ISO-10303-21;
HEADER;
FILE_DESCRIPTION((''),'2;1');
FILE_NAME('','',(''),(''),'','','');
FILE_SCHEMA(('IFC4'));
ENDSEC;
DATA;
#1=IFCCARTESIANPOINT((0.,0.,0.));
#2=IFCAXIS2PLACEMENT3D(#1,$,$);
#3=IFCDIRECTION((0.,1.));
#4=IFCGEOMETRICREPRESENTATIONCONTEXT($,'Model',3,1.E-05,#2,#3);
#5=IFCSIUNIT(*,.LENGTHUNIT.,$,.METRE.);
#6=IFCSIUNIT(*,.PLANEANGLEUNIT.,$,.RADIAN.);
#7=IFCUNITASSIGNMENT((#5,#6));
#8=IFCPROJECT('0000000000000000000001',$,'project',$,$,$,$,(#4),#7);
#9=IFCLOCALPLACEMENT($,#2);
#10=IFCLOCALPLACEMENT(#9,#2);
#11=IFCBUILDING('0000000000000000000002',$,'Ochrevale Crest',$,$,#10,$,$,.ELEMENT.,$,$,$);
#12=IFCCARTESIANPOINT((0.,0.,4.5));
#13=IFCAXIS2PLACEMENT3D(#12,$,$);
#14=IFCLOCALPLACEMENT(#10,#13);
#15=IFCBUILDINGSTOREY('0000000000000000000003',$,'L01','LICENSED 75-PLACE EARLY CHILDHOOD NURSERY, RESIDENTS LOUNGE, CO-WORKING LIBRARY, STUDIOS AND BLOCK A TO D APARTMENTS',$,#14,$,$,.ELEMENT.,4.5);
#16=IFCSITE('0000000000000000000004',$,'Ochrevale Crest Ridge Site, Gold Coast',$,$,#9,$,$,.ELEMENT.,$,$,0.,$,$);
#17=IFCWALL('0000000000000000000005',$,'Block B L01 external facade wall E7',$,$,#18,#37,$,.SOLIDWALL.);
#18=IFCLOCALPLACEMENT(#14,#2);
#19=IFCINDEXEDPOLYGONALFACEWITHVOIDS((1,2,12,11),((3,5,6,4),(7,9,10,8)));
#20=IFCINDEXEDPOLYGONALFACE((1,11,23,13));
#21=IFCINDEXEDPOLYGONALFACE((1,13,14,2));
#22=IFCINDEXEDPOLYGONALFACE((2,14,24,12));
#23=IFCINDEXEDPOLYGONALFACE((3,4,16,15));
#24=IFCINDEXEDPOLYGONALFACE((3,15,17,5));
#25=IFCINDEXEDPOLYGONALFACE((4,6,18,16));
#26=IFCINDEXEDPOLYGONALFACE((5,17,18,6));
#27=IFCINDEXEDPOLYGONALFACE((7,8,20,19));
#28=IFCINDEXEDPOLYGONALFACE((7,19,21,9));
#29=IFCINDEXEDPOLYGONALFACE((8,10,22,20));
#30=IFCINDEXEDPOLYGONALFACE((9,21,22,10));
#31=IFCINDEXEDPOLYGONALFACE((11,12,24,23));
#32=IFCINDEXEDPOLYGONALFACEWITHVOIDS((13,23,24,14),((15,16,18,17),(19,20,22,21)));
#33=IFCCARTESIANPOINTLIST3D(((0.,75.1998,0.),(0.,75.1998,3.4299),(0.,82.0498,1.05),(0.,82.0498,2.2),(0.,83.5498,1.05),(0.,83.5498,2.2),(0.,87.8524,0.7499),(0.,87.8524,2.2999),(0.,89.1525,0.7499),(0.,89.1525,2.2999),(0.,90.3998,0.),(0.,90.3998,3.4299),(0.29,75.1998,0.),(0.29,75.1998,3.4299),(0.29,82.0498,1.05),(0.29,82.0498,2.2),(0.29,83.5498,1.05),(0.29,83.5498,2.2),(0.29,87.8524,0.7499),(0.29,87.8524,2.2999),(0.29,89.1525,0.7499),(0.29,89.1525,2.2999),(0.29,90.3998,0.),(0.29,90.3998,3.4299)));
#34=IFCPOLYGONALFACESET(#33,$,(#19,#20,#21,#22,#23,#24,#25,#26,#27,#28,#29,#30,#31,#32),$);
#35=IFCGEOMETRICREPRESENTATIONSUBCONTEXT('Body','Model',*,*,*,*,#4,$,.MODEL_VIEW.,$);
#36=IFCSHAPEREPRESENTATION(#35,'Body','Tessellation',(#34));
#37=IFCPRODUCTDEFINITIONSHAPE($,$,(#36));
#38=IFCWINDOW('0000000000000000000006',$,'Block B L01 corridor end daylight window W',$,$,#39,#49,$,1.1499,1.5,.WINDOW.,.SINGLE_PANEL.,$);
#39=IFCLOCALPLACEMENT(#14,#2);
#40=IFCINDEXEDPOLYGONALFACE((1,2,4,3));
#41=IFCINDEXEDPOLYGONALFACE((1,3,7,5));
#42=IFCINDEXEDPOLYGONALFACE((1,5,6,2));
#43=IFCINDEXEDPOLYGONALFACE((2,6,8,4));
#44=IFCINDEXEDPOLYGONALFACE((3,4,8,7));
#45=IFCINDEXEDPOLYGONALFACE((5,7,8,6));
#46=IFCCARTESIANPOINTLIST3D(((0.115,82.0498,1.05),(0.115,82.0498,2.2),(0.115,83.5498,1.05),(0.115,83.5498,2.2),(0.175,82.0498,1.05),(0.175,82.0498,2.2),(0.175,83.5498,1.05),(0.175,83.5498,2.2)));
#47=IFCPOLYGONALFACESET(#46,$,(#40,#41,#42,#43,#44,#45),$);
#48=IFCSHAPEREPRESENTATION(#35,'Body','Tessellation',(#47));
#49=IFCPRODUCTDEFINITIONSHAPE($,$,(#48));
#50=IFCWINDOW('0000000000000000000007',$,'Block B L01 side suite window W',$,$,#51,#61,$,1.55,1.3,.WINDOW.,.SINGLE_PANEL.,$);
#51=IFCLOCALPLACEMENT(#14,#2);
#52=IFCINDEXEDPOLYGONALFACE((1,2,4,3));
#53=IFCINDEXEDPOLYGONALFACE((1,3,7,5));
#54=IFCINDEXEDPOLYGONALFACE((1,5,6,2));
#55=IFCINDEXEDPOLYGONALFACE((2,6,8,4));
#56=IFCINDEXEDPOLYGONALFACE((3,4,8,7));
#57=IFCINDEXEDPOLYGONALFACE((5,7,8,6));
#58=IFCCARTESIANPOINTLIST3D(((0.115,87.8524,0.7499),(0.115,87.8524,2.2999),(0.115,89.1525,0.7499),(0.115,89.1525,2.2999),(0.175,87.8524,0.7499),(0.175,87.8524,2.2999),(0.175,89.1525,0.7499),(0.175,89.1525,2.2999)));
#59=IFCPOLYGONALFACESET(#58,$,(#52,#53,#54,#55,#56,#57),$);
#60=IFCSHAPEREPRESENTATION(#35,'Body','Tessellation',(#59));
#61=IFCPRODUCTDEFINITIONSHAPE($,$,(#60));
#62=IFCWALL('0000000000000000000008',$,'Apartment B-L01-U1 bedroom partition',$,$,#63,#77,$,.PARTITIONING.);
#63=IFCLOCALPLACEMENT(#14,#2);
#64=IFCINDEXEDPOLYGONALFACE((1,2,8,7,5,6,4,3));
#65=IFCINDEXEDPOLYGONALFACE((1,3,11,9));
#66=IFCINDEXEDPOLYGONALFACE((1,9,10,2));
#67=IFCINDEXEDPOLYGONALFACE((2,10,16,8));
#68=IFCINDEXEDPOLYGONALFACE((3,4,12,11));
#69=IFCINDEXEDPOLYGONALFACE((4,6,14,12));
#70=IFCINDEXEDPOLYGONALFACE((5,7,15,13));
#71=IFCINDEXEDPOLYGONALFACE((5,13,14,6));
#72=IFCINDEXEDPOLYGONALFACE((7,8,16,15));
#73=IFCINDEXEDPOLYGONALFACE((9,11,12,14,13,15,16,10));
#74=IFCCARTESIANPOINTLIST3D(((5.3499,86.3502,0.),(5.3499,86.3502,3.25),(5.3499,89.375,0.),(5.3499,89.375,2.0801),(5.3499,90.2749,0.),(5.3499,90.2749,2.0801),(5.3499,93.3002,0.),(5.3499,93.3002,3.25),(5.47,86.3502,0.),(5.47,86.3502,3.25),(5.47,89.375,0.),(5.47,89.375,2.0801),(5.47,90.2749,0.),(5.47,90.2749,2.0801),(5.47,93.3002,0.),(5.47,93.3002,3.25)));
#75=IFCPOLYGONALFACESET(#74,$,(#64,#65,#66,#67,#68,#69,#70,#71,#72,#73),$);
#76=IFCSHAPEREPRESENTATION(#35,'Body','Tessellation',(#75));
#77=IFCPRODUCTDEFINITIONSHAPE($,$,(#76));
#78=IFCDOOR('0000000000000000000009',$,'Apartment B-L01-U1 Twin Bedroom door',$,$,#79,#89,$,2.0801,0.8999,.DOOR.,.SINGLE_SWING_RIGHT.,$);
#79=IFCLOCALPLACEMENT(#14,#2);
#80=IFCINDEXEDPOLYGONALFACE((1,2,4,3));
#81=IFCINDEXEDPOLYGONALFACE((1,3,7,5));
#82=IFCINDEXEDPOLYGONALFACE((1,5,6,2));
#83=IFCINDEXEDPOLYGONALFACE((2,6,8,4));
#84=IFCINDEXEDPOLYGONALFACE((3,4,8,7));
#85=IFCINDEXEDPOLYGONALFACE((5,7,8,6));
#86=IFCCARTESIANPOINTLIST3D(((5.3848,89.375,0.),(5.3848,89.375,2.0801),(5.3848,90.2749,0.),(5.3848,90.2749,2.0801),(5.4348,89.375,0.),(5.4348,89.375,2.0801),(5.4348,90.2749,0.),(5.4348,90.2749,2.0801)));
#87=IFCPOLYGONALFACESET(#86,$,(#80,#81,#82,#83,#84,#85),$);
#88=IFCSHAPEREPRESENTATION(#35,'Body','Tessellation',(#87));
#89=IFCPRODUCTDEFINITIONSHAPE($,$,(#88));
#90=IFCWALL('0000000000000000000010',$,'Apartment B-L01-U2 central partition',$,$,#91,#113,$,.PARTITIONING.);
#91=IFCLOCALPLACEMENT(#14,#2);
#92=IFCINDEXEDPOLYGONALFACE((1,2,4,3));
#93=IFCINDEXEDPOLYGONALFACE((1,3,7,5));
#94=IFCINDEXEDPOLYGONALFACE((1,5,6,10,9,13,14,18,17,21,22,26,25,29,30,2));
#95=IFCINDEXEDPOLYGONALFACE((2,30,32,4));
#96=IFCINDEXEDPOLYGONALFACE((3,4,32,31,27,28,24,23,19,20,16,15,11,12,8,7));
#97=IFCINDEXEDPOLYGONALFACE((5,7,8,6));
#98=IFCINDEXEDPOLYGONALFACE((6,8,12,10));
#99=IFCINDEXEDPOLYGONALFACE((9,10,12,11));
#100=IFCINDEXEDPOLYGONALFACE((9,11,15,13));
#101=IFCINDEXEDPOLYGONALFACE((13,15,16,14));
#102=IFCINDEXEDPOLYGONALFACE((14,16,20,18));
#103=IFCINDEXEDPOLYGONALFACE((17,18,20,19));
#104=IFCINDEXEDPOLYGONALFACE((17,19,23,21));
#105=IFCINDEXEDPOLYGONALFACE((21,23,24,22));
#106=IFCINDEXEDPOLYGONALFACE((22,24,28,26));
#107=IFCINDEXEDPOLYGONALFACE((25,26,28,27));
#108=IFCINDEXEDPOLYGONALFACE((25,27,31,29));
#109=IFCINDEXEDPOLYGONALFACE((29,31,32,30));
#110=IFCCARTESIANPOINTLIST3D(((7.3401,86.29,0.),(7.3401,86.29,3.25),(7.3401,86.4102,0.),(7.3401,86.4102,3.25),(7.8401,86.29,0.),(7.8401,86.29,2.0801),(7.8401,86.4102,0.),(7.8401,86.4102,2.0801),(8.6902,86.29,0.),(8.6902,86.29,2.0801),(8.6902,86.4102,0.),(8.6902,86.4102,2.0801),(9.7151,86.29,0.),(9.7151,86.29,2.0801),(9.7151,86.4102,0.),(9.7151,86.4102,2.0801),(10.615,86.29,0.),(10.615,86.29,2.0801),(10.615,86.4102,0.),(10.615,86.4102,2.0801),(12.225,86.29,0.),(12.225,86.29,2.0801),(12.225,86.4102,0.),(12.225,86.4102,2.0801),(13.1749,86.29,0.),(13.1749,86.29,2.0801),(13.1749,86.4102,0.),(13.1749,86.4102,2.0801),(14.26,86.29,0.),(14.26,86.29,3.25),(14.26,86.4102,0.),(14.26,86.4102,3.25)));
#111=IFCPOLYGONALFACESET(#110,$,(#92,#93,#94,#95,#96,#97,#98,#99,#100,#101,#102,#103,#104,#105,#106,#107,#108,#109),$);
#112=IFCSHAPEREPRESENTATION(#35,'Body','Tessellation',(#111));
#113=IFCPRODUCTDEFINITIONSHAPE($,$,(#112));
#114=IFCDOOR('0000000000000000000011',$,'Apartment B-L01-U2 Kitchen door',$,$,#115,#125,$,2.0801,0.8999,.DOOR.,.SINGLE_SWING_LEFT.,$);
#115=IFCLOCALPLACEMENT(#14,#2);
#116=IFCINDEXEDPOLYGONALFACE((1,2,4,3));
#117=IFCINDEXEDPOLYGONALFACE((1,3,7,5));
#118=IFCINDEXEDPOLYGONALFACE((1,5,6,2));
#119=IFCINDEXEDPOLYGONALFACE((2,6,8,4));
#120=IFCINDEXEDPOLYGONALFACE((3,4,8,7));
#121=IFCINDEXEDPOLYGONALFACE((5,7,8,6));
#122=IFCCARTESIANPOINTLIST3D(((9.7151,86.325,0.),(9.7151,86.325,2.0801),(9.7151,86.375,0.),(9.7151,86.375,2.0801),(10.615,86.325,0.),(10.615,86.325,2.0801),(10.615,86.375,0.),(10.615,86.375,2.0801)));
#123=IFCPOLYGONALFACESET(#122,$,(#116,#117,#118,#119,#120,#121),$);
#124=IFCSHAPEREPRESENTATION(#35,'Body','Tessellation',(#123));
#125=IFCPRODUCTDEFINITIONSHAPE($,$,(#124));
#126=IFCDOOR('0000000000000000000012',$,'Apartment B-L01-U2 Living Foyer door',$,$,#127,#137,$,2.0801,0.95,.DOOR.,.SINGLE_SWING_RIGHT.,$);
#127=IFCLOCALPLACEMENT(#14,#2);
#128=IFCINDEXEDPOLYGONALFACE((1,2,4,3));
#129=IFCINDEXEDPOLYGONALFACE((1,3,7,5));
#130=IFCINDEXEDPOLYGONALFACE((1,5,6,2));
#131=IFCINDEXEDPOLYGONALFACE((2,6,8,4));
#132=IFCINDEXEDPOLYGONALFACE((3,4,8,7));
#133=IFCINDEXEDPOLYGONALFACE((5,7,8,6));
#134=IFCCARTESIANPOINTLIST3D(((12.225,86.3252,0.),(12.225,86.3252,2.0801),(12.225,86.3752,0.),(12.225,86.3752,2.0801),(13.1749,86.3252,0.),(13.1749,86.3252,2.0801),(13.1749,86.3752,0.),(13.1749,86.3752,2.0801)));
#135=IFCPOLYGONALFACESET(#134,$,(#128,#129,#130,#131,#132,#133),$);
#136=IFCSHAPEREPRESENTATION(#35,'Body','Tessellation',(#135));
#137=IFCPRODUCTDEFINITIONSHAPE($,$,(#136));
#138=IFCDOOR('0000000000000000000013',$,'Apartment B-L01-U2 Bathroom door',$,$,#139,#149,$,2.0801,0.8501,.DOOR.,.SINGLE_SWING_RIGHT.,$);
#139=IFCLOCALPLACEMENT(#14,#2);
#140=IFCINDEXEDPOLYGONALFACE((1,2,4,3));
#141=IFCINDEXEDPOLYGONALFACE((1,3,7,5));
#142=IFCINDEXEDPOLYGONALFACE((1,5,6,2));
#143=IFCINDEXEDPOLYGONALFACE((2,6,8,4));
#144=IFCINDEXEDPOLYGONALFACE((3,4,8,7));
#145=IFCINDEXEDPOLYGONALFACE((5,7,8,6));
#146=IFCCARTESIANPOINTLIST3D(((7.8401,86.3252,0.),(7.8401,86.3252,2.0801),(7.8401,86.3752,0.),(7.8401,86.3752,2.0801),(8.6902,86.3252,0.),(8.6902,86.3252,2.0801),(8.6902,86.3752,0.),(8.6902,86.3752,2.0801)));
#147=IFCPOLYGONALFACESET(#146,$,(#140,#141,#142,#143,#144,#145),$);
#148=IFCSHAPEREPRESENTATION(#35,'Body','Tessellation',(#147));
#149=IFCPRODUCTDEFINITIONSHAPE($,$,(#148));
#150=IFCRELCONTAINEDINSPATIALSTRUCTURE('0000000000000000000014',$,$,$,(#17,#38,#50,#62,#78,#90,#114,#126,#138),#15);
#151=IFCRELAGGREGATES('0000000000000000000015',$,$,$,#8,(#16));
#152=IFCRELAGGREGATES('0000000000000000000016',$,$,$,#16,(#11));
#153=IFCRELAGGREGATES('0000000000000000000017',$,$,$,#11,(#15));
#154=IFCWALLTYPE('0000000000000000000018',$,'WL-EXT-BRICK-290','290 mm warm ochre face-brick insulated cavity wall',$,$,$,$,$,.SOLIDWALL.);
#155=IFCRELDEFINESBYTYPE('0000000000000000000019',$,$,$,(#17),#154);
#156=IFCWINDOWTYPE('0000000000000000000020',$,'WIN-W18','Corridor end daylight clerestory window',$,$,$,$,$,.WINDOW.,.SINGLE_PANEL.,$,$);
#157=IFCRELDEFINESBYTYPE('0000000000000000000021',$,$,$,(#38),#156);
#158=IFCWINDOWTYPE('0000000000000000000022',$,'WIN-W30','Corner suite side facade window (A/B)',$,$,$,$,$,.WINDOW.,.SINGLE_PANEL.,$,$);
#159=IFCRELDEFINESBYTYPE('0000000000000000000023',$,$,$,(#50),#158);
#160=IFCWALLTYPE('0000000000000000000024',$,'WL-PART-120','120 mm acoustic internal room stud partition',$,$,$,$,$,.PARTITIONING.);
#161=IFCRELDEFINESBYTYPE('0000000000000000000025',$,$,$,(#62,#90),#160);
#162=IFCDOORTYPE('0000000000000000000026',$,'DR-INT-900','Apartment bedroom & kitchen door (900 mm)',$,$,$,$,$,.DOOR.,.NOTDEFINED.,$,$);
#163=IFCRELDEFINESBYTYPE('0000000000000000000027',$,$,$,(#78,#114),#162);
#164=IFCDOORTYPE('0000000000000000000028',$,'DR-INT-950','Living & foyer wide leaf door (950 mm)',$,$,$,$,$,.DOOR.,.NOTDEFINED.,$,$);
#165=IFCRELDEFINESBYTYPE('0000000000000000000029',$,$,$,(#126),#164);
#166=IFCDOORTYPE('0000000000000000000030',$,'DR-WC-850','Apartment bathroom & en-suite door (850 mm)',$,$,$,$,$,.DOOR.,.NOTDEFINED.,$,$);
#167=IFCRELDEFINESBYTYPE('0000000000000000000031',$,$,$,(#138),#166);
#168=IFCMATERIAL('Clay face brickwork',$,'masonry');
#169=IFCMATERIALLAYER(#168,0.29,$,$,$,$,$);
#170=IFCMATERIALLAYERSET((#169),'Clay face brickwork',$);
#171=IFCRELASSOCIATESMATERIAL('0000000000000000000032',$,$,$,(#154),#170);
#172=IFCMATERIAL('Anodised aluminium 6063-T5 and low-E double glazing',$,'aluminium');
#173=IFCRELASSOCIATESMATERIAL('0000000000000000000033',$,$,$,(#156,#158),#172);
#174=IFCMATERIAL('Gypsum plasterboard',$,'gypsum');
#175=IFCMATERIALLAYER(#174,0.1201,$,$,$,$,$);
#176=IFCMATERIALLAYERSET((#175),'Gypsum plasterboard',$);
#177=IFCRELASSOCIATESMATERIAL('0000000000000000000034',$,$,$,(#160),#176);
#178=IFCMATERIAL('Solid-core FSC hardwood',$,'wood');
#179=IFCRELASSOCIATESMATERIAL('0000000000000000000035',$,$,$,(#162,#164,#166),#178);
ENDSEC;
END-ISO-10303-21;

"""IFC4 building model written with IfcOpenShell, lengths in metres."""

from ifc_helpers import new_model, si_unit, direction, frame, frame_2d, origin, place, context, subcontext, project, spatial, rectangle, extrude, material, layer, layer_set, type_object, element, fill, save


model = new_model("IFC4")

# Units and contexts
model_context = context("Model", 3, precision=1e-05, world=origin(), true_north=direction((0.0, 1.0)))
body_context = subcontext(model_context, "Body", "Model", "MODEL_VIEW")
ifc_project = project(units=[si_unit("LENGTHUNIT", "METRE"), si_unit("PLANEANGLEUNIT", "RADIAN")], contexts=[model_context])

# Site, building, storey
site_placement = place(None, origin())
site = spatial("IfcSite", under=ifc_project, at=site_placement, Name="Ochrevale Crest Ridge Site, Gold Coast", CompositionType="ELEMENT", RefElevation=0.0)
building_placement = place(site_placement, origin())
building = spatial("IfcBuilding", under=site, at=building_placement, Name="Ochrevale Crest", CompositionType="ELEMENT")
storey_placement = place(building_placement, frame((0.0, 0.0, 4.5)))
storey = spatial("IfcBuildingStorey", under=building, at=storey_placement, Name="L01", Description="LICENSED 75-PLACE EARLY CHILDHOOD NURSERY, RESIDENTS LOUNGE, CO-WORKING LIBRARY, STUDIOS AND BLOCK A TO D APARTMENTS", CompositionType="ELEMENT", Elevation=4.5)

# Wall, openings, windows
ifc_material_1 = material(Name="Clay face brickwork", Category="masonry")
ifc_layer_1 = layer(ifc_material_1, 0.29)
ifc_layer_set_1 = layer_set([ifc_layer_1], Name="Clay face brickwork")
wall_type_1 = type_object("IfcWallType", Name="WL-EXT-BRICK-290", Description="290 mm warm ochre face-brick insulated cavity wall", PredefinedType="SOLIDWALL", material=ifc_layer_set_1)
wall_1_placement = place(storey_placement, frame((0.145, 90.3999, 0.0), z_axis=(0.0, 0.0, 1.0), x_axis=(0.0, -1.0, 0.0)))
wall_1 = element("IfcWall", 1, at=wall_1_placement, inside=storey, type_object=wall_type_1, Name="Block B L01 external facade wall E7", PredefinedType="SOLIDWALL", context=body_context, shape_type="SweptSolid", body=[
    extrude(rectangle(XDim=15.2, YDim=0.29, at=frame_2d((7.6001, 0.0))), origin(), (0.0, 0.0, 1.0), 3.4299),
])
opening_1_placement = place(wall_1_placement, frame((6.8501, 0.0, 1.05)))
opening_1 = element("IfcOpeningElement", 2, at=opening_1_placement, cuts=wall_1, PredefinedType="OPENING", context=body_context, shape_type="SweptSolid", body=[
    extrude(rectangle(XDim=1.5, YDim=1.1499, at=frame_2d((0.75, 0.575))), frame((0.0, 0.155, 0.0), z_axis=(0.0, -1.0, 0.0), x_axis=(1.0, 0.0, 0.0)), (0.0, 0.0, 1.0), 0.3101),
])
opening_2_placement = place(wall_1_placement, frame((1.2476, 0.0, 0.75)))
opening_2 = element("IfcOpeningElement", 3, at=opening_2_placement, cuts=wall_1, PredefinedType="OPENING", context=body_context, shape_type="SweptSolid", body=[
    extrude(rectangle(XDim=1.3, YDim=1.55, at=frame_2d((0.6499, 0.7749))), frame((0.0, 0.155, 0.0), z_axis=(0.0, -1.0, 0.0), x_axis=(1.0, 0.0, 0.0)), (0.0, 0.0, 1.0), 0.3101),
])
ifc_material_2 = material(Name="Anodised aluminium 6063-T5 and low-E double glazing", Category="aluminium")
window_type_1 = type_object("IfcWindowType", Name="WIN-W18", Description="Corridor end daylight clerestory window", PartitioningType="SINGLE_PANEL", PredefinedType="WINDOW", material=ifc_material_2)
window_1_placement = place(opening_1_placement, origin())
window_1 = element("IfcWindow", 4, at=window_1_placement, inside=storey, type_object=window_type_1, Name="Block B L01 corridor end daylight window W", OverallHeight=1.1499, OverallWidth=1.5, PartitioningType="SINGLE_PANEL", PredefinedType="WINDOW", context=body_context, shape_type="SweptSolid", body=[
    extrude(rectangle(XDim=1.5, YDim=1.1499, at=frame_2d((0.75, 0.575))), frame((0.0, 0.03, 0.0), z_axis=(0.0, -1.0, 0.0), x_axis=(1.0, 0.0, 0.0)), (0.0, 0.0, 1.0), 0.0601),
])
fill(opening_1, window_1)
window_type_2 = type_object("IfcWindowType", Name="WIN-W30", Description="Corner suite side facade window (A/B)", PartitioningType="SINGLE_PANEL", PredefinedType="WINDOW", material=ifc_material_2)
window_2_placement = place(opening_2_placement, origin())
window_2 = element("IfcWindow", 5, at=window_2_placement, inside=storey, type_object=window_type_2, Name="Block B L01 side suite window W", OverallHeight=1.55, OverallWidth=1.3, PartitioningType="SINGLE_PANEL", PredefinedType="WINDOW", context=body_context, shape_type="SweptSolid", body=[
    extrude(rectangle(XDim=1.3, YDim=1.55, at=frame_2d((0.6499, 0.7749))), frame((0.0, 0.03, 0.0), z_axis=(0.0, -1.0, 0.0), x_axis=(1.0, 0.0, 0.0)), (0.0, 0.0, 1.0), 0.0601),
])
fill(opening_2, window_2)

# Wall, opening, door
ifc_material_3 = material(Name="Gypsum plasterboard", Category="gypsum")
ifc_layer_2 = layer(ifc_material_3, 0.1201)
ifc_layer_set_2 = layer_set([ifc_layer_2], Name="Gypsum plasterboard")
wall_type_2 = type_object("IfcWallType", Name="WL-PART-120", Description="120 mm acoustic internal room stud partition", PredefinedType="PARTITIONING", material=ifc_layer_set_2)
wall_2_placement = place(storey_placement, frame((5.4099, 86.3501, 0.0), z_axis=(0.0, 0.0, 1.0), x_axis=(0.0, 1.0, 0.0)))
wall_2 = element("IfcWall", 6, at=wall_2_placement, inside=storey, type_object=wall_type_2, Name="Apartment B-L01-U1 bedroom partition", PredefinedType="PARTITIONING", context=body_context, shape_type="SweptSolid", body=[
    extrude(rectangle(XDim=6.95, YDim=0.1201, at=frame_2d((3.4751, 0.0))), origin(), (0.0, 0.0, 1.0), 3.25),
])
opening_3_placement = place(wall_2_placement, frame((3.9248, 0.0, 0.0), z_axis=(0.0, 0.0, 1.0), x_axis=(-1.0, 0.0, 0.0)))
opening_3 = element("IfcOpeningElement", 7, at=opening_3_placement, cuts=wall_2, PredefinedType="OPENING", context=body_context, shape_type="SweptSolid", body=[
    extrude(rectangle(XDim=0.8999, YDim=2.0801, at=frame_2d((0.45, 1.04))), frame((0.0, 0.0701, 0.0), z_axis=(0.0, -1.0, 0.0), x_axis=(1.0, 0.0, 0.0)), (0.0, 0.0, 1.0), 0.1401),
])
ifc_material_4 = material(Name="Solid-core FSC hardwood", Category="wood")
door_type_1 = type_object("IfcDoorType", Name="DR-INT-900", Description="Apartment bedroom & kitchen door (900 mm)", OperationType="NOTDEFINED", PredefinedType="DOOR", material=ifc_material_4)
door_1_placement = place(opening_3_placement, origin())
door_1 = element("IfcDoor", 8, at=door_1_placement, inside=storey, type_object=door_type_1, Name="Apartment B-L01-U1 Twin Bedroom door", OperationType="SINGLE_SWING_RIGHT", OverallHeight=2.0801, OverallWidth=0.8999, PredefinedType="DOOR", context=body_context, shape_type="SweptSolid", body=[
    extrude(rectangle(XDim=0.8999, YDim=2.0801, at=frame_2d((0.45, 1.04))), frame((0.0, 0.0249, 0.0), z_axis=(0.0, -1.0, 0.0), x_axis=(1.0, 0.0, 0.0)), (0.0, 0.0, 1.0), 0.05),
])
fill(opening_3, door_1)

# Wall, openings, doors
wall_3_placement = place(storey_placement, frame((7.3401, 86.3501, 0.0), z_axis=(0.0, 0.0, 1.0), x_axis=(1.0, 0.0, 0.0)))
wall_3 = element("IfcWall", 9, at=wall_3_placement, inside=storey, type_object=wall_type_2, Name="Apartment B-L01-U2 central partition", PredefinedType="PARTITIONING", context=body_context, shape_type="SweptSolid", body=[
    extrude(rectangle(XDim=6.9199, YDim=0.1201, at=frame_2d((3.46, 0.0))), origin(), (0.0, 0.0, 1.0), 3.25),
])
opening_4_placement = place(wall_3_placement, frame((1.3501, 0.0, 0.0), z_axis=(0.0, 0.0, 1.0), x_axis=(-1.0, 0.0, 0.0)))
opening_4 = element("IfcOpeningElement", 10, at=opening_4_placement, cuts=wall_3, PredefinedType="OPENING", context=body_context, shape_type="SweptSolid", body=[
    extrude(rectangle(XDim=0.8501, YDim=2.0801, at=frame_2d((0.425, 1.04))), frame((0.0, 0.0701, 0.0), z_axis=(0.0, -1.0, 0.0), x_axis=(1.0, 0.0, 0.0)), (0.0, 0.0, 1.0), 0.1401),
])
opening_5_placement = place(wall_3_placement, frame((2.375, 0.0, 0.0)))
opening_5 = element("IfcOpeningElement", 11, at=opening_5_placement, cuts=wall_3, PredefinedType="OPENING", context=body_context, shape_type="SweptSolid", body=[
    extrude(rectangle(XDim=0.8999, YDim=2.0801, at=frame_2d((0.45, 1.04))), frame((0.0, 0.0701, 0.0), z_axis=(0.0, -1.0, 0.0), x_axis=(1.0, 0.0, 0.0)), (0.0, 0.0, 1.0), 0.1401),
])
opening_6_placement = place(wall_3_placement, frame((5.835, 0.0, 0.0), z_axis=(0.0, 0.0, 1.0), x_axis=(-1.0, 0.0, 0.0)))
opening_6 = element("IfcOpeningElement", 12, at=opening_6_placement, cuts=wall_3, PredefinedType="OPENING", context=body_context, shape_type="SweptSolid", body=[
    extrude(rectangle(XDim=0.95, YDim=2.0801, at=frame_2d((0.4751, 1.04))), frame((0.0, 0.0701, 0.0), z_axis=(0.0, -1.0, 0.0), x_axis=(1.0, 0.0, 0.0)), (0.0, 0.0, 1.0), 0.1401),
])
door_2_placement = place(opening_5_placement, origin())
door_2 = element("IfcDoor", 13, at=door_2_placement, inside=storey, type_object=door_type_1, Name="Apartment B-L01-U2 Kitchen door", OperationType="SINGLE_SWING_LEFT", OverallHeight=2.0801, OverallWidth=0.8999, PredefinedType="DOOR", context=body_context, shape_type="SweptSolid", body=[
    extrude(rectangle(XDim=0.8999, YDim=2.0801, at=frame_2d((0.45, 1.04))), frame((0.0, 0.0249, 0.0), z_axis=(0.0, -1.0, 0.0), x_axis=(1.0, 0.0, 0.0)), (0.0, 0.0, 1.0), 0.05),
])
fill(opening_5, door_2)
door_type_2 = type_object("IfcDoorType", Name="DR-INT-950", Description="Living & foyer wide leaf door (950 mm)", OperationType="NOTDEFINED", PredefinedType="DOOR", material=ifc_material_4)
door_3_placement = place(opening_6_placement, origin())
door_3 = element("IfcDoor", 14, at=door_3_placement, inside=storey, type_object=door_type_2, Name="Apartment B-L01-U2 Living Foyer door", OperationType="SINGLE_SWING_RIGHT", OverallHeight=2.0801, OverallWidth=0.95, PredefinedType="DOOR", context=body_context, shape_type="SweptSolid", body=[
    extrude(rectangle(XDim=0.95, YDim=2.0801, at=frame_2d((0.4751, 1.04))), frame((0.0, 0.0249, 0.0), z_axis=(0.0, -1.0, 0.0), x_axis=(1.0, 0.0, 0.0)), (0.0, 0.0, 1.0), 0.05),
])
fill(opening_6, door_3)
door_type_3 = type_object("IfcDoorType", Name="DR-WC-850", Description="Apartment bathroom & en-suite door (850 mm)", OperationType="NOTDEFINED", PredefinedType="DOOR", material=ifc_material_4)
door_4_placement = place(opening_4_placement, origin())
door_4 = element("IfcDoor", 15, at=door_4_placement, inside=storey, type_object=door_type_3, Name="Apartment B-L01-U2 Bathroom door", OperationType="SINGLE_SWING_RIGHT", OverallHeight=2.0801, OverallWidth=0.8501, PredefinedType="DOOR", context=body_context, shape_type="SweptSolid", body=[
    extrude(rectangle(XDim=0.8501, YDim=2.0801, at=frame_2d((0.425, 1.04))), frame((0.0, 0.0249, 0.0), z_axis=(0.0, -1.0, 0.0), x_axis=(1.0, 0.0, 0.0)), (0.0, 0.0, 1.0), 0.05),
])
fill(opening_4, door_4)

save(model, "model.ifc")
